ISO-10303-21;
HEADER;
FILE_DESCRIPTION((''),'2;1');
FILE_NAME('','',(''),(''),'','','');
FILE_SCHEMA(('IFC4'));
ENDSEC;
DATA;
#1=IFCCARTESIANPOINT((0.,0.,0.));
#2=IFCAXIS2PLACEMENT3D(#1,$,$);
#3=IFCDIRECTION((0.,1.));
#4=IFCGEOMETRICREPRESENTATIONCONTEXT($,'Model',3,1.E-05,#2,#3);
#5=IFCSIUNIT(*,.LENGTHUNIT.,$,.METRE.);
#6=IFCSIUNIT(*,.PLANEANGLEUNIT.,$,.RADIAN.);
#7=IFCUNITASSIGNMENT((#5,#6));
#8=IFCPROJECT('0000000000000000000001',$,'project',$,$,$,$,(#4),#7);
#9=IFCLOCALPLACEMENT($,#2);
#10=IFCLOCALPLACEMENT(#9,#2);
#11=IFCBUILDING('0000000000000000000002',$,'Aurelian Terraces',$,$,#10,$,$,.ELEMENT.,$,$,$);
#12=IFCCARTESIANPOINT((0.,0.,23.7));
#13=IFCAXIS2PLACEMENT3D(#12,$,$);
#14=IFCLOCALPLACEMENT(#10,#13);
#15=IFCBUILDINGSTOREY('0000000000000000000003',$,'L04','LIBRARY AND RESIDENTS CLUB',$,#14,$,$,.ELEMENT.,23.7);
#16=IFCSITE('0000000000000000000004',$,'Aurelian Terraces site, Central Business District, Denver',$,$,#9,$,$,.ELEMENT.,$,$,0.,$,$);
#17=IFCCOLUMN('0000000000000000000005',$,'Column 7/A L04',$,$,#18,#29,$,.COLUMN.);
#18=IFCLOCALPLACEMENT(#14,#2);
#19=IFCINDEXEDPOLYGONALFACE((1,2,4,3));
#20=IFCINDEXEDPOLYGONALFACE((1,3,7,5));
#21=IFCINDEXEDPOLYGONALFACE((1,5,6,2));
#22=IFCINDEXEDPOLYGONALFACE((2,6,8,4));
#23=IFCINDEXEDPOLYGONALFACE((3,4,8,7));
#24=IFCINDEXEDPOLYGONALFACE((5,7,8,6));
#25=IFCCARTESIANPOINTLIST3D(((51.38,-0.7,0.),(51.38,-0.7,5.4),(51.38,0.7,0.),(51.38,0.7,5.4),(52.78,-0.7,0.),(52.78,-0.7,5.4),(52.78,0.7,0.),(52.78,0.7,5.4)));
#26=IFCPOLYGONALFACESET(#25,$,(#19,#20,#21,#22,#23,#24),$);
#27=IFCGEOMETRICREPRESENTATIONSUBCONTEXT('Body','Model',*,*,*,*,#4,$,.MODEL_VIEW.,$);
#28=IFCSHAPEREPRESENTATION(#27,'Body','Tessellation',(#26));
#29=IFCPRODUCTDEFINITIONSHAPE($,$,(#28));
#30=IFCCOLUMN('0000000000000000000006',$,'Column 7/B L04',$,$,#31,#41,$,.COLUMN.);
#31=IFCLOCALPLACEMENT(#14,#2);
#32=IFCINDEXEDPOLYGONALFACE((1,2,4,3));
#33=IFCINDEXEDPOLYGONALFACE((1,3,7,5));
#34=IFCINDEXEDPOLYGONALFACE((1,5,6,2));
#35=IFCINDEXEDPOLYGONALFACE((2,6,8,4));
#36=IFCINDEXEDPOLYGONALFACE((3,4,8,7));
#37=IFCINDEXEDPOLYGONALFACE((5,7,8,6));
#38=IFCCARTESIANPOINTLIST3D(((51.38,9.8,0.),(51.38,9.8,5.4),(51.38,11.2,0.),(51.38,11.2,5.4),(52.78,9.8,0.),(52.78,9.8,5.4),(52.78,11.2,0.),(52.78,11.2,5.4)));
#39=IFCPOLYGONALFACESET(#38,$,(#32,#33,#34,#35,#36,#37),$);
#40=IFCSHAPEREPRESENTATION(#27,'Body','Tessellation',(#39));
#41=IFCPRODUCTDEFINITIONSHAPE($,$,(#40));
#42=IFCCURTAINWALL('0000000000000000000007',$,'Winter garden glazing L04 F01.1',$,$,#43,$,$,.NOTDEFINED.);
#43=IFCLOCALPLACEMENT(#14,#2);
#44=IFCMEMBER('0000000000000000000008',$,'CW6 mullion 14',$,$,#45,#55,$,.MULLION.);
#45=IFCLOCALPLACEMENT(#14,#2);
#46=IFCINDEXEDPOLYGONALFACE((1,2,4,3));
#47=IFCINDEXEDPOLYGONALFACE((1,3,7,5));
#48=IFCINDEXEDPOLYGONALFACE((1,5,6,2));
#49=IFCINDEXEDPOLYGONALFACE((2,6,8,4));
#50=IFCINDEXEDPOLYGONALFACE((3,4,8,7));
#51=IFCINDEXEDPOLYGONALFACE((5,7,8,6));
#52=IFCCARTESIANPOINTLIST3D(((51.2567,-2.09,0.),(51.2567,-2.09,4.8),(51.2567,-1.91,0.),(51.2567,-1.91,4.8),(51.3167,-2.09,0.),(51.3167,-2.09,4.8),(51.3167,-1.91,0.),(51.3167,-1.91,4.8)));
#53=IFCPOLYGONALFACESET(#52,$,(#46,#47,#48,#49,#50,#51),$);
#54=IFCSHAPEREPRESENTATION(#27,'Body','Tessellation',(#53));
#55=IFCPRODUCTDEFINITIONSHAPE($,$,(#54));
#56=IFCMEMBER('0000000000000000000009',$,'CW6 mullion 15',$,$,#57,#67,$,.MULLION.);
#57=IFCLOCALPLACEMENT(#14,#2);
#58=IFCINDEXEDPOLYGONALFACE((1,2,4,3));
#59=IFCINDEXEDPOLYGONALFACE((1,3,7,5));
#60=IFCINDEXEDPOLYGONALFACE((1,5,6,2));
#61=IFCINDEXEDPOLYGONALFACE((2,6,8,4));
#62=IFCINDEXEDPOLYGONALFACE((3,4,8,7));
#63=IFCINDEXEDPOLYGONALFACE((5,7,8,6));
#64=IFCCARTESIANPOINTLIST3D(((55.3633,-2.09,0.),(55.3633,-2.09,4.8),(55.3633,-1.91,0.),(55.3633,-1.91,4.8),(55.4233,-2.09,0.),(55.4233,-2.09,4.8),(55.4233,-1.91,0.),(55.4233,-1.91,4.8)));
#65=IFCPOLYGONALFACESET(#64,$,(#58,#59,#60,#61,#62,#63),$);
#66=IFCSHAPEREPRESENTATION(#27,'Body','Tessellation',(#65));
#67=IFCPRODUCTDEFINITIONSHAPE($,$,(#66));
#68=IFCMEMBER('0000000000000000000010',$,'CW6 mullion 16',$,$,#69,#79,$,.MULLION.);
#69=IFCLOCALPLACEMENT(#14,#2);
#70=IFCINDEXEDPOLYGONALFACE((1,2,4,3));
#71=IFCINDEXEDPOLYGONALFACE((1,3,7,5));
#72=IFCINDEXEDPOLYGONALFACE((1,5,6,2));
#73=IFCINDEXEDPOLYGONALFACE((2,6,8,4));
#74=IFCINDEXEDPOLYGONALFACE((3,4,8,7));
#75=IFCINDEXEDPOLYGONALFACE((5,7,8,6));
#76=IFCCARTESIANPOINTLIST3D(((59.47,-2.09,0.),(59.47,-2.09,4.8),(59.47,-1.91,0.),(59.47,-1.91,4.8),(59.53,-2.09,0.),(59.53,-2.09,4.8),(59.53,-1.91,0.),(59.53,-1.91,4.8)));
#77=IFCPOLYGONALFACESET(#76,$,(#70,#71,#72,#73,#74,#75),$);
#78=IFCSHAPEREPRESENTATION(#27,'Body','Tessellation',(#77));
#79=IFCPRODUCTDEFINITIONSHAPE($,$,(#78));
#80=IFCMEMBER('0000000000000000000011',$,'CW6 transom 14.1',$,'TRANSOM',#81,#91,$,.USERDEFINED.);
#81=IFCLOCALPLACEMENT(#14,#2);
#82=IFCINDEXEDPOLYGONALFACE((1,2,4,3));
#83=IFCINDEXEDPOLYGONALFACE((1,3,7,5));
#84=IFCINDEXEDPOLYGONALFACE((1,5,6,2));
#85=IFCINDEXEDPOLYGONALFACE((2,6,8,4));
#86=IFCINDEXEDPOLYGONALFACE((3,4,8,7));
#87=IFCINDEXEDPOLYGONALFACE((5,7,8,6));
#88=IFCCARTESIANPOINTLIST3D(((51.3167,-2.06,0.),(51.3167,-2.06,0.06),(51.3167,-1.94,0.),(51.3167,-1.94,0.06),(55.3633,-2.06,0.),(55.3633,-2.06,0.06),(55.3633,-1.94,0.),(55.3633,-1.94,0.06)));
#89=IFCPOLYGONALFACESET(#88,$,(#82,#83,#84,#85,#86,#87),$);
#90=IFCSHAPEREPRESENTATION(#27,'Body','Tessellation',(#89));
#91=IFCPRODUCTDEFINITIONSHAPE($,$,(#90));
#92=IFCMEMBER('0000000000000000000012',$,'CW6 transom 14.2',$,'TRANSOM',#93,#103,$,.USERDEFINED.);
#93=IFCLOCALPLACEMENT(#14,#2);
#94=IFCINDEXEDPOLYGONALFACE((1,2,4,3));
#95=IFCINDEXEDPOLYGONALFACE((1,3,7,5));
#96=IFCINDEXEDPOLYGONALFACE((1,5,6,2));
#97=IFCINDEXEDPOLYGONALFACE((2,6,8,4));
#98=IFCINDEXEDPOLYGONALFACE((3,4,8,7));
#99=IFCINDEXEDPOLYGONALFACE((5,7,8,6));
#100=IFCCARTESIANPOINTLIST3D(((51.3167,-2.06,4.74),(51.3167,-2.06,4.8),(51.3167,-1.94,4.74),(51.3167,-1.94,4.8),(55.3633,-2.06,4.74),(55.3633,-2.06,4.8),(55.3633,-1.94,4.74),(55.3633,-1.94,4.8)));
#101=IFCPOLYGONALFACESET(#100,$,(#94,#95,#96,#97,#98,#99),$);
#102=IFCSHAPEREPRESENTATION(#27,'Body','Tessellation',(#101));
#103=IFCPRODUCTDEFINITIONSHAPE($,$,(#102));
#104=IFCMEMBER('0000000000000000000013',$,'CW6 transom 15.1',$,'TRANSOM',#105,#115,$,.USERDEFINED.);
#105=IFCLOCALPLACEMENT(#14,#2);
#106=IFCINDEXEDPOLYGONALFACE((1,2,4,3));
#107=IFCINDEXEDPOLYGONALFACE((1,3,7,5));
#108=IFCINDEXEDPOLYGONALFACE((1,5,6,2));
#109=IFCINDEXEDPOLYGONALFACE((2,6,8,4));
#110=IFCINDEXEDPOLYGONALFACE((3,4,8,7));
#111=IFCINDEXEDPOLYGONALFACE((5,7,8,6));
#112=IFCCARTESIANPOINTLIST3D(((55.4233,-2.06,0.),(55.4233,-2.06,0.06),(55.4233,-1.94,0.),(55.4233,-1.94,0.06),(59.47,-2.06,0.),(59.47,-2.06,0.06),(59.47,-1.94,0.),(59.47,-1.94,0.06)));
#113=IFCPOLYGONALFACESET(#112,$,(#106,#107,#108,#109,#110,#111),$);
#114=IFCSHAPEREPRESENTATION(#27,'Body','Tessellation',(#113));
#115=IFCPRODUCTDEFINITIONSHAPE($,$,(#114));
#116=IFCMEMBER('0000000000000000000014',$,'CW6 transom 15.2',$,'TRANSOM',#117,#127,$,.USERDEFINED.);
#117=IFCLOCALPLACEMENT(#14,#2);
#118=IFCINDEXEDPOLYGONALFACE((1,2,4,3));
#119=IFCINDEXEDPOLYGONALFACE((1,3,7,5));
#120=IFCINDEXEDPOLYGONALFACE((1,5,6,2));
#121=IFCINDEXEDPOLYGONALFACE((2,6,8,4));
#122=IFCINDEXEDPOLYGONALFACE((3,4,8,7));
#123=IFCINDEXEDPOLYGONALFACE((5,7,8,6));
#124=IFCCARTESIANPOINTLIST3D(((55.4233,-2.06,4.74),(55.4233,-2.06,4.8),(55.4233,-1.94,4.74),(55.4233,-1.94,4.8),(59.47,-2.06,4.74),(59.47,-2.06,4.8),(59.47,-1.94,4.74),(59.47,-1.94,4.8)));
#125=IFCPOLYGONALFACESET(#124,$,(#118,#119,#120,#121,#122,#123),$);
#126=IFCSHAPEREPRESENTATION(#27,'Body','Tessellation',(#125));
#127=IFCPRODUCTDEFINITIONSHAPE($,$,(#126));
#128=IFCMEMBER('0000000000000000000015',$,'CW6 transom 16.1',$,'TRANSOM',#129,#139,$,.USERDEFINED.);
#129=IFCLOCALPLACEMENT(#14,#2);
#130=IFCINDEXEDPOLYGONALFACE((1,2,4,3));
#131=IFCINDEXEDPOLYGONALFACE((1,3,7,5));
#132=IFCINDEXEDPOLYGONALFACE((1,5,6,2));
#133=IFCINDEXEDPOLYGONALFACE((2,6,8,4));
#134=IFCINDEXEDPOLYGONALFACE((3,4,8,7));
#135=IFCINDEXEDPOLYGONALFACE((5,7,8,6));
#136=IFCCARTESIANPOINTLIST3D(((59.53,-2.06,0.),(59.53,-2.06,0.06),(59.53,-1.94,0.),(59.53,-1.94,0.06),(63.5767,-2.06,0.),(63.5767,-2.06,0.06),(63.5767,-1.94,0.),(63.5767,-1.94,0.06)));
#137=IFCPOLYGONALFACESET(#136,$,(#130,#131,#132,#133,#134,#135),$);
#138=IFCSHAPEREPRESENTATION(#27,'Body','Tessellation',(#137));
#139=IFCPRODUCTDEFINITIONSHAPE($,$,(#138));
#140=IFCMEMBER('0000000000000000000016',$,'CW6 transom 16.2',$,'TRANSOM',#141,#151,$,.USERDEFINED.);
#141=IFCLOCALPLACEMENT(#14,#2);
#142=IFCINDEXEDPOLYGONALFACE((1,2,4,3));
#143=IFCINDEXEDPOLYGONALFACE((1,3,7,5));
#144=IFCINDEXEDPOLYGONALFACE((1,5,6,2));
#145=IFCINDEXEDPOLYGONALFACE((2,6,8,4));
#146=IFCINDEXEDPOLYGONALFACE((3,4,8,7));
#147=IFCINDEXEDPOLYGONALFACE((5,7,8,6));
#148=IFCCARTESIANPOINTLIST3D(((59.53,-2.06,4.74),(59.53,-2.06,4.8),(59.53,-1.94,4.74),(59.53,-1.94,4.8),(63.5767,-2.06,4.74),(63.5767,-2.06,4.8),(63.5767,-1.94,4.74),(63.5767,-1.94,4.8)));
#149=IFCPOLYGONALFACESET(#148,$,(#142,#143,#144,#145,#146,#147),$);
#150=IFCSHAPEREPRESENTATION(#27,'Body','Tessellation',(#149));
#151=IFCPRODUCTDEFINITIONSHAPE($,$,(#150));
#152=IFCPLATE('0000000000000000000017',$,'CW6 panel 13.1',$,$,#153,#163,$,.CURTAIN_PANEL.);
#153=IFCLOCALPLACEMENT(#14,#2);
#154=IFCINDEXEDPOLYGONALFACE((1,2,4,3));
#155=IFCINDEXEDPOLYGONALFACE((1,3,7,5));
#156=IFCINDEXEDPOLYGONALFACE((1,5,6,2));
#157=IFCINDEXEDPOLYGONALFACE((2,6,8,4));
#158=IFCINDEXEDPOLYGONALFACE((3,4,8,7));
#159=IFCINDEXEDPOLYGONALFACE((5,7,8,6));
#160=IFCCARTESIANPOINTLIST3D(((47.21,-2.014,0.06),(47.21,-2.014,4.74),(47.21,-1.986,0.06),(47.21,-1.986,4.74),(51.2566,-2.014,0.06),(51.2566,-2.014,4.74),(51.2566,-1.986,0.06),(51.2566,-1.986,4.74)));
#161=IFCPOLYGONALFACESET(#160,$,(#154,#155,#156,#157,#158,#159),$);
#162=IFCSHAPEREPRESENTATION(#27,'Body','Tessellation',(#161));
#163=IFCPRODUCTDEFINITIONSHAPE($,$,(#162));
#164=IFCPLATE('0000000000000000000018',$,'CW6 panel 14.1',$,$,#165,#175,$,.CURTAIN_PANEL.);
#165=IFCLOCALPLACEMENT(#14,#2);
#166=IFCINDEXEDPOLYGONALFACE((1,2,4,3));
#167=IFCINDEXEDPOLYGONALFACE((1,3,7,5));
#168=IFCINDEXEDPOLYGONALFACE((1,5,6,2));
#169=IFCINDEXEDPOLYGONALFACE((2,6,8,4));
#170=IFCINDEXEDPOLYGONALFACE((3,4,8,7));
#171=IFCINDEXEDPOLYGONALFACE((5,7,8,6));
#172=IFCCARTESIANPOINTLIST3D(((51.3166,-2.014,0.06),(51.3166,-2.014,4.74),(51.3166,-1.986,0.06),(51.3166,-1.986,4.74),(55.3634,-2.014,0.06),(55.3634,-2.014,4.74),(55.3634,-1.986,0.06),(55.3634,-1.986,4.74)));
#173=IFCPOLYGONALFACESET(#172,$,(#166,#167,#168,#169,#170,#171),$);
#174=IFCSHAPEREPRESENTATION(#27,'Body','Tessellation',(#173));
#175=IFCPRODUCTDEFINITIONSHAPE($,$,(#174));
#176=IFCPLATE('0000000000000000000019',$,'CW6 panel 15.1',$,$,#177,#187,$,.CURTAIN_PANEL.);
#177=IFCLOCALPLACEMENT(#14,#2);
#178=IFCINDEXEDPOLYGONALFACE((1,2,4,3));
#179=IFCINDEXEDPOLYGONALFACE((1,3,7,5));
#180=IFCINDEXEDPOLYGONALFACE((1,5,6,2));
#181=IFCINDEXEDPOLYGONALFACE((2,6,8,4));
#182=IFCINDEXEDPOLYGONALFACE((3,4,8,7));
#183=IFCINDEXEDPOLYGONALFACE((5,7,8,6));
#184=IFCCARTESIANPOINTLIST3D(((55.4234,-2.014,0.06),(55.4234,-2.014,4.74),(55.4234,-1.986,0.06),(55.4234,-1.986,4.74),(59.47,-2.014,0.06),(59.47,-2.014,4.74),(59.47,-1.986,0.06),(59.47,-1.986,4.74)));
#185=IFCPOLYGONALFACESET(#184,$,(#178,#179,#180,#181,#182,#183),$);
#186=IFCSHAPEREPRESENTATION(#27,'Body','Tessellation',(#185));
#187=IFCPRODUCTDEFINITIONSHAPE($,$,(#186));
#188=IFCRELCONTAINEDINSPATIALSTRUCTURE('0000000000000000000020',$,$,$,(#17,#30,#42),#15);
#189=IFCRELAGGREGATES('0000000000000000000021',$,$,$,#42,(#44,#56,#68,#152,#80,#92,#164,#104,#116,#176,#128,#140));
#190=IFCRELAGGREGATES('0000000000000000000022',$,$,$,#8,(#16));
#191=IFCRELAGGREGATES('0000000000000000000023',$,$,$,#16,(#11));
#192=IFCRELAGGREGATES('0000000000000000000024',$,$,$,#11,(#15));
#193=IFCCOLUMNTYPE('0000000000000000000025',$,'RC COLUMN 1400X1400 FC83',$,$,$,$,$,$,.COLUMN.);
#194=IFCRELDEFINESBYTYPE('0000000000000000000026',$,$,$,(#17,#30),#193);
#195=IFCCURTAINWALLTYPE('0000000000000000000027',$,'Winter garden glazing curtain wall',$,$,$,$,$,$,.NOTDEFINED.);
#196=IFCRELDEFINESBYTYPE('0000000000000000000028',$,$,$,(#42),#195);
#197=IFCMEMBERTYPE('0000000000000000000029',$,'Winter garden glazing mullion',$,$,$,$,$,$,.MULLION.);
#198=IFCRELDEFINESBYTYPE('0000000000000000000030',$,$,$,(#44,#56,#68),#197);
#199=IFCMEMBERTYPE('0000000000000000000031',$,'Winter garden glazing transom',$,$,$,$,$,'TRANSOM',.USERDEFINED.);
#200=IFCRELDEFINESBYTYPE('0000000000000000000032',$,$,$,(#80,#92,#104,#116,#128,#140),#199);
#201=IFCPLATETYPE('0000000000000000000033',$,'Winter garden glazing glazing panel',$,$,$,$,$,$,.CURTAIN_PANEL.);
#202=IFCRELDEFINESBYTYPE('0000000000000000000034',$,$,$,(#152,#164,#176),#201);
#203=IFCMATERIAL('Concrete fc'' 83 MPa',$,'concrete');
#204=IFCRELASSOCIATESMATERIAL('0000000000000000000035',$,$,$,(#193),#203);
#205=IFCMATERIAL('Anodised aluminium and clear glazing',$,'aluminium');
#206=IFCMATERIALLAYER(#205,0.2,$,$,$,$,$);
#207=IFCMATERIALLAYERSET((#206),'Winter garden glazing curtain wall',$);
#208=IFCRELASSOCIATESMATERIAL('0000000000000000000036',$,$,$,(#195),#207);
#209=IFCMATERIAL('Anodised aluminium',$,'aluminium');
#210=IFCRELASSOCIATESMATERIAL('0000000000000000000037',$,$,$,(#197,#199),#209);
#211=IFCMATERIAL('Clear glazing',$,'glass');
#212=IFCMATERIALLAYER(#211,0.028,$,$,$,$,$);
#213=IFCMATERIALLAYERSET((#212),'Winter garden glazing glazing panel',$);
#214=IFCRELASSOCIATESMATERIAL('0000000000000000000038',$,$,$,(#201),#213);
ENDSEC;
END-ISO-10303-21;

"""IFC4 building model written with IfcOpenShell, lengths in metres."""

from ifc_helpers import new_model, si_unit, direction, frame, origin, origin_2d, place, context, subcontext, project, spatial, rectangle, extrude, source, transform, mapped, material, layer, layer_set, material_profile, profile_set, type_object, element, aggregate, save


model = new_model("IFC4")

# Units and contexts
model_context = context("Model", 3, precision=1e-05, world=origin(), true_north=direction((0.0, 1.0)))
body_context = subcontext(model_context, "Body", "Model", "MODEL_VIEW")
ifc_project = project(units=[si_unit("LENGTHUNIT", "METRE"), si_unit("PLANEANGLEUNIT", "RADIAN")], contexts=[model_context])

# Site, building, storey
site_placement = place(None, origin())
site = spatial("IfcSite", under=ifc_project, at=site_placement, Name="Aurelian Terraces site, Central Business District, Denver", CompositionType="ELEMENT", RefElevation=0.0)
building_placement = place(site_placement, origin())
building = spatial("IfcBuilding", under=site, at=building_placement, Name="Aurelian Terraces", CompositionType="ELEMENT")
storey_placement = place(building_placement, frame((0.0, 0.0, 23.7)))
storey = spatial("IfcBuildingStorey", under=building, at=storey_placement, Name="L04", Description="LIBRARY AND RESIDENTS CLUB", CompositionType="ELEMENT", Elevation=23.7)

# Columns
ifc_material_1 = material(Name="Concrete fc' 83 MPa", Category="concrete")
ifc_material_profile_1 = material_profile(ifc_material_1, rectangle(XDim=1.4, YDim=1.4, at=origin_2d()))
ifc_profile_set_1 = profile_set([ifc_material_profile_1], Name="Concrete fc' 83 MPa")
column_type = type_object("IfcColumnType", Name="RC COLUMN 1400X1400 FC83", PredefinedType="COLUMN", material=ifc_profile_set_1)
shared_shape_1 = source(origin(), body_context, "Body", "SweptSolid", [
    extrude(rectangle(XDim=1.4, YDim=1.4, at=origin_2d()), origin(), (0.0, 0.0, 1.0), 5.4),
])
for number, where, z_axis, x_axis, name in (
    (1, (52.08, 0.0, 0.0), (0.0, 0.0, 1.0), (1.0, 0.0, 0.0), "Column 7/A L04"),
    (2, (52.08, 10.5, 0.0), (0.0, 0.0, 1.0), (1.0, 0.0, 0.0), "Column 7/B L04"),
):
    element("IfcColumn", number, at=place(storey_placement, frame(where, z_axis=z_axis, x_axis=x_axis)), inside=storey, type_object=column_type, Name=name, PredefinedType="COLUMN", context=body_context, shape_type="MappedRepresentation", body=[
        mapped(shared_shape_1, transform((0.0, 0.0, 0.0), scale=1.0)),
    ])

# Curtain wall, members, plates
ifc_material_2 = material(Name="Anodised aluminium and clear glazing", Category="aluminium")
ifc_layer_1 = layer(ifc_material_2, 0.2)
ifc_layer_set_1 = layer_set([ifc_layer_1], Name="Winter garden glazing curtain wall")
curtain_wall_type = type_object("IfcCurtainWallType", Name="Winter garden glazing curtain wall", PredefinedType="NOTDEFINED", material=ifc_layer_set_1)
curtain_wall_placement = place(storey_placement, origin())
curtain_wall = element("IfcCurtainWall", 3, at=curtain_wall_placement, inside=storey, type_object=curtain_wall_type, Name="Winter garden glazing L04 F01.1", PredefinedType="NOTDEFINED")
ifc_material_3 = material(Name="Anodised aluminium", Category="aluminium")
ifc_material_profile_2 = material_profile(ifc_material_3, rectangle(XDim=0.18, YDim=0.06, at=origin_2d()))
ifc_profile_set_2 = profile_set([ifc_material_profile_2], Name="Anodised aluminium")
member_type_1 = type_object("IfcMemberType", Name="Winter garden glazing mullion", PredefinedType="MULLION", material=ifc_profile_set_2)
shared_shape_2 = source(origin(), body_context, "Body", "SweptSolid", [
    extrude(rectangle(XDim=0.18, YDim=0.06, at=origin_2d()), origin(), (0.0, 0.0, 1.0), 4.8),
])
member_1_placement = place(storey_placement, frame((51.2867, -2.0, 0.0), z_axis=(0.0, 0.0, 1.0), x_axis=(0.0, 1.0, 0.0)))
member_1 = element("IfcMember", 4, at=member_1_placement, type_object=member_type_1, Name="CW6 mullion 14", PredefinedType="MULLION", context=body_context, shape_type="MappedRepresentation", body=[
    mapped(shared_shape_2, transform((0.0, 0.0, 0.0), scale=1.0)),
])
member_2_placement = place(storey_placement, frame((55.3933, -2.0, 0.0), z_axis=(0.0, 0.0, 1.0), x_axis=(0.0, 1.0, 0.0)))
member_2 = element("IfcMember", 5, at=member_2_placement, type_object=member_type_1, Name="CW6 mullion 15", PredefinedType="MULLION", context=body_context, shape_type="MappedRepresentation", body=[
    mapped(shared_shape_2, transform((0.0, 0.0, 0.0), scale=1.0)),
])
member_3_placement = place(storey_placement, frame((59.5, -2.0, 0.0), z_axis=(0.0, 0.0, 1.0), x_axis=(0.0, 1.0, 0.0)))
member_3 = element("IfcMember", 6, at=member_3_placement, type_object=member_type_1, Name="CW6 mullion 16", PredefinedType="MULLION", context=body_context, shape_type="MappedRepresentation", body=[
    mapped(shared_shape_2, transform((0.0, 0.0, 0.0), scale=1.0)),
])
ifc_material_profile_3 = material_profile(ifc_material_3, rectangle(XDim=0.12, YDim=0.06, at=origin_2d()))
ifc_profile_set_3 = profile_set([ifc_material_profile_3], Name="Anodised aluminium")
member_type_2 = type_object("IfcMemberType", Name="Winter garden glazing transom", ElementType="TRANSOM", PredefinedType="USERDEFINED", material=ifc_profile_set_3)
shared_shape_3 = source(origin(), body_context, "Body", "SweptSolid", [
    extrude(rectangle(XDim=0.12, YDim=0.06, at=origin_2d()), origin(), (0.0, 0.0, 1.0), 4.0466),
])
member_4_placement = place(storey_placement, frame((51.3167, -2.0, 0.03), z_axis=(1.0, 0.0, 0.0), x_axis=(0.0, 1.0, 0.0)))
member_4 = element("IfcMember", 7, at=member_4_placement, type_object=member_type_2, Name="CW6 transom 14.1", ObjectType="TRANSOM", PredefinedType="USERDEFINED", context=body_context, shape_type="MappedRepresentation", body=[
    mapped(shared_shape_3, transform((0.0, 0.0, 0.0), scale=1.0)),
])
member_5_placement = place(storey_placement, frame((51.3167, -2.0, 4.77), z_axis=(1.0, 0.0, 0.0), x_axis=(0.0, 1.0, 0.0)))
member_5 = element("IfcMember", 8, at=member_5_placement, type_object=member_type_2, Name="CW6 transom 14.2", ObjectType="TRANSOM", PredefinedType="USERDEFINED", context=body_context, shape_type="MappedRepresentation", body=[
    mapped(shared_shape_3, transform((0.0, 0.0, 0.0), scale=1.0)),
])
shared_shape_4 = source(origin(), body_context, "Body", "SweptSolid", [
    extrude(rectangle(XDim=0.12, YDim=0.06, at=origin_2d()), origin(), (0.0, 0.0, 1.0), 4.0467),
])
member_6_placement = place(storey_placement, frame((55.4233, -2.0, 0.03), z_axis=(1.0, 0.0, 0.0), x_axis=(0.0, 1.0, 0.0)))
member_6 = element("IfcMember", 9, at=member_6_placement, type_object=member_type_2, Name="CW6 transom 15.1", ObjectType="TRANSOM", PredefinedType="USERDEFINED", context=body_context, shape_type="MappedRepresentation", body=[
    mapped(shared_shape_4, transform((0.0, 0.0, 0.0), scale=1.0)),
])
member_7_placement = place(storey_placement, frame((55.4233, -2.0, 4.77), z_axis=(1.0, 0.0, 0.0), x_axis=(0.0, 1.0, 0.0)))
member_7 = element("IfcMember", 10, at=member_7_placement, type_object=member_type_2, Name="CW6 transom 15.2", ObjectType="TRANSOM", PredefinedType="USERDEFINED", context=body_context, shape_type="MappedRepresentation", body=[
    mapped(shared_shape_4, transform((0.0, 0.0, 0.0), scale=1.0)),
])
member_8_placement = place(storey_placement, frame((59.53, -2.0, 0.03), z_axis=(1.0, 0.0, 0.0), x_axis=(0.0, 1.0, 0.0)))
member_8 = element("IfcMember", 11, at=member_8_placement, type_object=member_type_2, Name="CW6 transom 16.1", ObjectType="TRANSOM", PredefinedType="USERDEFINED", context=body_context, shape_type="MappedRepresentation", body=[
    mapped(shared_shape_4, transform((0.0, 0.0, 0.0), scale=1.0)),
])
member_9_placement = place(storey_placement, frame((59.53, -2.0, 4.77), z_axis=(1.0, 0.0, 0.0), x_axis=(0.0, 1.0, 0.0)))
member_9 = element("IfcMember", 12, at=member_9_placement, type_object=member_type_2, Name="CW6 transom 16.2", ObjectType="TRANSOM", PredefinedType="USERDEFINED", context=body_context, shape_type="MappedRepresentation", body=[
    mapped(shared_shape_4, transform((0.0, 0.0, 0.0), scale=1.0)),
])
ifc_material_4 = material(Name="Clear glazing", Category="glass")
ifc_layer_2 = layer(ifc_material_4, 0.028)
ifc_layer_set_2 = layer_set([ifc_layer_2], Name="Winter garden glazing glazing panel")
plate_type = type_object("IfcPlateType", Name="Winter garden glazing glazing panel", PredefinedType="CURTAIN_PANEL", material=ifc_layer_set_2)
shared_shape_5 = source(origin(), body_context, "Body", "SweptSolid", [
    extrude(rectangle(XDim=4.0467, YDim=0.028, at=origin_2d()), origin(), (0.0, 0.0, 1.0), 4.68),
])
plate_1_placement = place(storey_placement, frame((49.2333, -2.0, 0.06), z_axis=(0.0, 0.0, 1.0), x_axis=(1.0, 0.0, 0.0)))
plate_1 = element("IfcPlate", 13, at=plate_1_placement, type_object=plate_type, Name="CW6 panel 13.1", PredefinedType="CURTAIN_PANEL", context=body_context, shape_type="MappedRepresentation", body=[
    mapped(shared_shape_5, transform((0.0, 0.0, 0.0), scale=1.0)),
])
plate_2_placement = place(storey_placement, frame((53.34, -2.0, 0.06), z_axis=(0.0, 0.0, 1.0), x_axis=(1.0, 0.0, 0.0)))
plate_2 = element("IfcPlate", 14, at=plate_2_placement, type_object=plate_type, Name="CW6 panel 14.1", PredefinedType="CURTAIN_PANEL", context=body_context, shape_type="MappedRepresentation", body=[
    mapped(shared_shape_5, transform((0.0, 0.0, 0.0), scale=1.0)),
])
plate_3_placement = place(storey_placement, frame((57.4467, -2.0, 0.06), z_axis=(0.0, 0.0, 1.0), x_axis=(1.0, 0.0, 0.0)))
plate_3 = element("IfcPlate", 15, at=plate_3_placement, type_object=plate_type, Name="CW6 panel 15.1", PredefinedType="CURTAIN_PANEL", context=body_context, shape_type="MappedRepresentation", body=[
    mapped(shared_shape_5, transform((0.0, 0.0, 0.0), scale=1.0)),
])
aggregate(curtain_wall, [member_1, member_2, member_3, plate_1, member_4, member_5, plate_2, member_6, member_7, plate_3, member_8, member_9])

save(model, "model.ifc")
